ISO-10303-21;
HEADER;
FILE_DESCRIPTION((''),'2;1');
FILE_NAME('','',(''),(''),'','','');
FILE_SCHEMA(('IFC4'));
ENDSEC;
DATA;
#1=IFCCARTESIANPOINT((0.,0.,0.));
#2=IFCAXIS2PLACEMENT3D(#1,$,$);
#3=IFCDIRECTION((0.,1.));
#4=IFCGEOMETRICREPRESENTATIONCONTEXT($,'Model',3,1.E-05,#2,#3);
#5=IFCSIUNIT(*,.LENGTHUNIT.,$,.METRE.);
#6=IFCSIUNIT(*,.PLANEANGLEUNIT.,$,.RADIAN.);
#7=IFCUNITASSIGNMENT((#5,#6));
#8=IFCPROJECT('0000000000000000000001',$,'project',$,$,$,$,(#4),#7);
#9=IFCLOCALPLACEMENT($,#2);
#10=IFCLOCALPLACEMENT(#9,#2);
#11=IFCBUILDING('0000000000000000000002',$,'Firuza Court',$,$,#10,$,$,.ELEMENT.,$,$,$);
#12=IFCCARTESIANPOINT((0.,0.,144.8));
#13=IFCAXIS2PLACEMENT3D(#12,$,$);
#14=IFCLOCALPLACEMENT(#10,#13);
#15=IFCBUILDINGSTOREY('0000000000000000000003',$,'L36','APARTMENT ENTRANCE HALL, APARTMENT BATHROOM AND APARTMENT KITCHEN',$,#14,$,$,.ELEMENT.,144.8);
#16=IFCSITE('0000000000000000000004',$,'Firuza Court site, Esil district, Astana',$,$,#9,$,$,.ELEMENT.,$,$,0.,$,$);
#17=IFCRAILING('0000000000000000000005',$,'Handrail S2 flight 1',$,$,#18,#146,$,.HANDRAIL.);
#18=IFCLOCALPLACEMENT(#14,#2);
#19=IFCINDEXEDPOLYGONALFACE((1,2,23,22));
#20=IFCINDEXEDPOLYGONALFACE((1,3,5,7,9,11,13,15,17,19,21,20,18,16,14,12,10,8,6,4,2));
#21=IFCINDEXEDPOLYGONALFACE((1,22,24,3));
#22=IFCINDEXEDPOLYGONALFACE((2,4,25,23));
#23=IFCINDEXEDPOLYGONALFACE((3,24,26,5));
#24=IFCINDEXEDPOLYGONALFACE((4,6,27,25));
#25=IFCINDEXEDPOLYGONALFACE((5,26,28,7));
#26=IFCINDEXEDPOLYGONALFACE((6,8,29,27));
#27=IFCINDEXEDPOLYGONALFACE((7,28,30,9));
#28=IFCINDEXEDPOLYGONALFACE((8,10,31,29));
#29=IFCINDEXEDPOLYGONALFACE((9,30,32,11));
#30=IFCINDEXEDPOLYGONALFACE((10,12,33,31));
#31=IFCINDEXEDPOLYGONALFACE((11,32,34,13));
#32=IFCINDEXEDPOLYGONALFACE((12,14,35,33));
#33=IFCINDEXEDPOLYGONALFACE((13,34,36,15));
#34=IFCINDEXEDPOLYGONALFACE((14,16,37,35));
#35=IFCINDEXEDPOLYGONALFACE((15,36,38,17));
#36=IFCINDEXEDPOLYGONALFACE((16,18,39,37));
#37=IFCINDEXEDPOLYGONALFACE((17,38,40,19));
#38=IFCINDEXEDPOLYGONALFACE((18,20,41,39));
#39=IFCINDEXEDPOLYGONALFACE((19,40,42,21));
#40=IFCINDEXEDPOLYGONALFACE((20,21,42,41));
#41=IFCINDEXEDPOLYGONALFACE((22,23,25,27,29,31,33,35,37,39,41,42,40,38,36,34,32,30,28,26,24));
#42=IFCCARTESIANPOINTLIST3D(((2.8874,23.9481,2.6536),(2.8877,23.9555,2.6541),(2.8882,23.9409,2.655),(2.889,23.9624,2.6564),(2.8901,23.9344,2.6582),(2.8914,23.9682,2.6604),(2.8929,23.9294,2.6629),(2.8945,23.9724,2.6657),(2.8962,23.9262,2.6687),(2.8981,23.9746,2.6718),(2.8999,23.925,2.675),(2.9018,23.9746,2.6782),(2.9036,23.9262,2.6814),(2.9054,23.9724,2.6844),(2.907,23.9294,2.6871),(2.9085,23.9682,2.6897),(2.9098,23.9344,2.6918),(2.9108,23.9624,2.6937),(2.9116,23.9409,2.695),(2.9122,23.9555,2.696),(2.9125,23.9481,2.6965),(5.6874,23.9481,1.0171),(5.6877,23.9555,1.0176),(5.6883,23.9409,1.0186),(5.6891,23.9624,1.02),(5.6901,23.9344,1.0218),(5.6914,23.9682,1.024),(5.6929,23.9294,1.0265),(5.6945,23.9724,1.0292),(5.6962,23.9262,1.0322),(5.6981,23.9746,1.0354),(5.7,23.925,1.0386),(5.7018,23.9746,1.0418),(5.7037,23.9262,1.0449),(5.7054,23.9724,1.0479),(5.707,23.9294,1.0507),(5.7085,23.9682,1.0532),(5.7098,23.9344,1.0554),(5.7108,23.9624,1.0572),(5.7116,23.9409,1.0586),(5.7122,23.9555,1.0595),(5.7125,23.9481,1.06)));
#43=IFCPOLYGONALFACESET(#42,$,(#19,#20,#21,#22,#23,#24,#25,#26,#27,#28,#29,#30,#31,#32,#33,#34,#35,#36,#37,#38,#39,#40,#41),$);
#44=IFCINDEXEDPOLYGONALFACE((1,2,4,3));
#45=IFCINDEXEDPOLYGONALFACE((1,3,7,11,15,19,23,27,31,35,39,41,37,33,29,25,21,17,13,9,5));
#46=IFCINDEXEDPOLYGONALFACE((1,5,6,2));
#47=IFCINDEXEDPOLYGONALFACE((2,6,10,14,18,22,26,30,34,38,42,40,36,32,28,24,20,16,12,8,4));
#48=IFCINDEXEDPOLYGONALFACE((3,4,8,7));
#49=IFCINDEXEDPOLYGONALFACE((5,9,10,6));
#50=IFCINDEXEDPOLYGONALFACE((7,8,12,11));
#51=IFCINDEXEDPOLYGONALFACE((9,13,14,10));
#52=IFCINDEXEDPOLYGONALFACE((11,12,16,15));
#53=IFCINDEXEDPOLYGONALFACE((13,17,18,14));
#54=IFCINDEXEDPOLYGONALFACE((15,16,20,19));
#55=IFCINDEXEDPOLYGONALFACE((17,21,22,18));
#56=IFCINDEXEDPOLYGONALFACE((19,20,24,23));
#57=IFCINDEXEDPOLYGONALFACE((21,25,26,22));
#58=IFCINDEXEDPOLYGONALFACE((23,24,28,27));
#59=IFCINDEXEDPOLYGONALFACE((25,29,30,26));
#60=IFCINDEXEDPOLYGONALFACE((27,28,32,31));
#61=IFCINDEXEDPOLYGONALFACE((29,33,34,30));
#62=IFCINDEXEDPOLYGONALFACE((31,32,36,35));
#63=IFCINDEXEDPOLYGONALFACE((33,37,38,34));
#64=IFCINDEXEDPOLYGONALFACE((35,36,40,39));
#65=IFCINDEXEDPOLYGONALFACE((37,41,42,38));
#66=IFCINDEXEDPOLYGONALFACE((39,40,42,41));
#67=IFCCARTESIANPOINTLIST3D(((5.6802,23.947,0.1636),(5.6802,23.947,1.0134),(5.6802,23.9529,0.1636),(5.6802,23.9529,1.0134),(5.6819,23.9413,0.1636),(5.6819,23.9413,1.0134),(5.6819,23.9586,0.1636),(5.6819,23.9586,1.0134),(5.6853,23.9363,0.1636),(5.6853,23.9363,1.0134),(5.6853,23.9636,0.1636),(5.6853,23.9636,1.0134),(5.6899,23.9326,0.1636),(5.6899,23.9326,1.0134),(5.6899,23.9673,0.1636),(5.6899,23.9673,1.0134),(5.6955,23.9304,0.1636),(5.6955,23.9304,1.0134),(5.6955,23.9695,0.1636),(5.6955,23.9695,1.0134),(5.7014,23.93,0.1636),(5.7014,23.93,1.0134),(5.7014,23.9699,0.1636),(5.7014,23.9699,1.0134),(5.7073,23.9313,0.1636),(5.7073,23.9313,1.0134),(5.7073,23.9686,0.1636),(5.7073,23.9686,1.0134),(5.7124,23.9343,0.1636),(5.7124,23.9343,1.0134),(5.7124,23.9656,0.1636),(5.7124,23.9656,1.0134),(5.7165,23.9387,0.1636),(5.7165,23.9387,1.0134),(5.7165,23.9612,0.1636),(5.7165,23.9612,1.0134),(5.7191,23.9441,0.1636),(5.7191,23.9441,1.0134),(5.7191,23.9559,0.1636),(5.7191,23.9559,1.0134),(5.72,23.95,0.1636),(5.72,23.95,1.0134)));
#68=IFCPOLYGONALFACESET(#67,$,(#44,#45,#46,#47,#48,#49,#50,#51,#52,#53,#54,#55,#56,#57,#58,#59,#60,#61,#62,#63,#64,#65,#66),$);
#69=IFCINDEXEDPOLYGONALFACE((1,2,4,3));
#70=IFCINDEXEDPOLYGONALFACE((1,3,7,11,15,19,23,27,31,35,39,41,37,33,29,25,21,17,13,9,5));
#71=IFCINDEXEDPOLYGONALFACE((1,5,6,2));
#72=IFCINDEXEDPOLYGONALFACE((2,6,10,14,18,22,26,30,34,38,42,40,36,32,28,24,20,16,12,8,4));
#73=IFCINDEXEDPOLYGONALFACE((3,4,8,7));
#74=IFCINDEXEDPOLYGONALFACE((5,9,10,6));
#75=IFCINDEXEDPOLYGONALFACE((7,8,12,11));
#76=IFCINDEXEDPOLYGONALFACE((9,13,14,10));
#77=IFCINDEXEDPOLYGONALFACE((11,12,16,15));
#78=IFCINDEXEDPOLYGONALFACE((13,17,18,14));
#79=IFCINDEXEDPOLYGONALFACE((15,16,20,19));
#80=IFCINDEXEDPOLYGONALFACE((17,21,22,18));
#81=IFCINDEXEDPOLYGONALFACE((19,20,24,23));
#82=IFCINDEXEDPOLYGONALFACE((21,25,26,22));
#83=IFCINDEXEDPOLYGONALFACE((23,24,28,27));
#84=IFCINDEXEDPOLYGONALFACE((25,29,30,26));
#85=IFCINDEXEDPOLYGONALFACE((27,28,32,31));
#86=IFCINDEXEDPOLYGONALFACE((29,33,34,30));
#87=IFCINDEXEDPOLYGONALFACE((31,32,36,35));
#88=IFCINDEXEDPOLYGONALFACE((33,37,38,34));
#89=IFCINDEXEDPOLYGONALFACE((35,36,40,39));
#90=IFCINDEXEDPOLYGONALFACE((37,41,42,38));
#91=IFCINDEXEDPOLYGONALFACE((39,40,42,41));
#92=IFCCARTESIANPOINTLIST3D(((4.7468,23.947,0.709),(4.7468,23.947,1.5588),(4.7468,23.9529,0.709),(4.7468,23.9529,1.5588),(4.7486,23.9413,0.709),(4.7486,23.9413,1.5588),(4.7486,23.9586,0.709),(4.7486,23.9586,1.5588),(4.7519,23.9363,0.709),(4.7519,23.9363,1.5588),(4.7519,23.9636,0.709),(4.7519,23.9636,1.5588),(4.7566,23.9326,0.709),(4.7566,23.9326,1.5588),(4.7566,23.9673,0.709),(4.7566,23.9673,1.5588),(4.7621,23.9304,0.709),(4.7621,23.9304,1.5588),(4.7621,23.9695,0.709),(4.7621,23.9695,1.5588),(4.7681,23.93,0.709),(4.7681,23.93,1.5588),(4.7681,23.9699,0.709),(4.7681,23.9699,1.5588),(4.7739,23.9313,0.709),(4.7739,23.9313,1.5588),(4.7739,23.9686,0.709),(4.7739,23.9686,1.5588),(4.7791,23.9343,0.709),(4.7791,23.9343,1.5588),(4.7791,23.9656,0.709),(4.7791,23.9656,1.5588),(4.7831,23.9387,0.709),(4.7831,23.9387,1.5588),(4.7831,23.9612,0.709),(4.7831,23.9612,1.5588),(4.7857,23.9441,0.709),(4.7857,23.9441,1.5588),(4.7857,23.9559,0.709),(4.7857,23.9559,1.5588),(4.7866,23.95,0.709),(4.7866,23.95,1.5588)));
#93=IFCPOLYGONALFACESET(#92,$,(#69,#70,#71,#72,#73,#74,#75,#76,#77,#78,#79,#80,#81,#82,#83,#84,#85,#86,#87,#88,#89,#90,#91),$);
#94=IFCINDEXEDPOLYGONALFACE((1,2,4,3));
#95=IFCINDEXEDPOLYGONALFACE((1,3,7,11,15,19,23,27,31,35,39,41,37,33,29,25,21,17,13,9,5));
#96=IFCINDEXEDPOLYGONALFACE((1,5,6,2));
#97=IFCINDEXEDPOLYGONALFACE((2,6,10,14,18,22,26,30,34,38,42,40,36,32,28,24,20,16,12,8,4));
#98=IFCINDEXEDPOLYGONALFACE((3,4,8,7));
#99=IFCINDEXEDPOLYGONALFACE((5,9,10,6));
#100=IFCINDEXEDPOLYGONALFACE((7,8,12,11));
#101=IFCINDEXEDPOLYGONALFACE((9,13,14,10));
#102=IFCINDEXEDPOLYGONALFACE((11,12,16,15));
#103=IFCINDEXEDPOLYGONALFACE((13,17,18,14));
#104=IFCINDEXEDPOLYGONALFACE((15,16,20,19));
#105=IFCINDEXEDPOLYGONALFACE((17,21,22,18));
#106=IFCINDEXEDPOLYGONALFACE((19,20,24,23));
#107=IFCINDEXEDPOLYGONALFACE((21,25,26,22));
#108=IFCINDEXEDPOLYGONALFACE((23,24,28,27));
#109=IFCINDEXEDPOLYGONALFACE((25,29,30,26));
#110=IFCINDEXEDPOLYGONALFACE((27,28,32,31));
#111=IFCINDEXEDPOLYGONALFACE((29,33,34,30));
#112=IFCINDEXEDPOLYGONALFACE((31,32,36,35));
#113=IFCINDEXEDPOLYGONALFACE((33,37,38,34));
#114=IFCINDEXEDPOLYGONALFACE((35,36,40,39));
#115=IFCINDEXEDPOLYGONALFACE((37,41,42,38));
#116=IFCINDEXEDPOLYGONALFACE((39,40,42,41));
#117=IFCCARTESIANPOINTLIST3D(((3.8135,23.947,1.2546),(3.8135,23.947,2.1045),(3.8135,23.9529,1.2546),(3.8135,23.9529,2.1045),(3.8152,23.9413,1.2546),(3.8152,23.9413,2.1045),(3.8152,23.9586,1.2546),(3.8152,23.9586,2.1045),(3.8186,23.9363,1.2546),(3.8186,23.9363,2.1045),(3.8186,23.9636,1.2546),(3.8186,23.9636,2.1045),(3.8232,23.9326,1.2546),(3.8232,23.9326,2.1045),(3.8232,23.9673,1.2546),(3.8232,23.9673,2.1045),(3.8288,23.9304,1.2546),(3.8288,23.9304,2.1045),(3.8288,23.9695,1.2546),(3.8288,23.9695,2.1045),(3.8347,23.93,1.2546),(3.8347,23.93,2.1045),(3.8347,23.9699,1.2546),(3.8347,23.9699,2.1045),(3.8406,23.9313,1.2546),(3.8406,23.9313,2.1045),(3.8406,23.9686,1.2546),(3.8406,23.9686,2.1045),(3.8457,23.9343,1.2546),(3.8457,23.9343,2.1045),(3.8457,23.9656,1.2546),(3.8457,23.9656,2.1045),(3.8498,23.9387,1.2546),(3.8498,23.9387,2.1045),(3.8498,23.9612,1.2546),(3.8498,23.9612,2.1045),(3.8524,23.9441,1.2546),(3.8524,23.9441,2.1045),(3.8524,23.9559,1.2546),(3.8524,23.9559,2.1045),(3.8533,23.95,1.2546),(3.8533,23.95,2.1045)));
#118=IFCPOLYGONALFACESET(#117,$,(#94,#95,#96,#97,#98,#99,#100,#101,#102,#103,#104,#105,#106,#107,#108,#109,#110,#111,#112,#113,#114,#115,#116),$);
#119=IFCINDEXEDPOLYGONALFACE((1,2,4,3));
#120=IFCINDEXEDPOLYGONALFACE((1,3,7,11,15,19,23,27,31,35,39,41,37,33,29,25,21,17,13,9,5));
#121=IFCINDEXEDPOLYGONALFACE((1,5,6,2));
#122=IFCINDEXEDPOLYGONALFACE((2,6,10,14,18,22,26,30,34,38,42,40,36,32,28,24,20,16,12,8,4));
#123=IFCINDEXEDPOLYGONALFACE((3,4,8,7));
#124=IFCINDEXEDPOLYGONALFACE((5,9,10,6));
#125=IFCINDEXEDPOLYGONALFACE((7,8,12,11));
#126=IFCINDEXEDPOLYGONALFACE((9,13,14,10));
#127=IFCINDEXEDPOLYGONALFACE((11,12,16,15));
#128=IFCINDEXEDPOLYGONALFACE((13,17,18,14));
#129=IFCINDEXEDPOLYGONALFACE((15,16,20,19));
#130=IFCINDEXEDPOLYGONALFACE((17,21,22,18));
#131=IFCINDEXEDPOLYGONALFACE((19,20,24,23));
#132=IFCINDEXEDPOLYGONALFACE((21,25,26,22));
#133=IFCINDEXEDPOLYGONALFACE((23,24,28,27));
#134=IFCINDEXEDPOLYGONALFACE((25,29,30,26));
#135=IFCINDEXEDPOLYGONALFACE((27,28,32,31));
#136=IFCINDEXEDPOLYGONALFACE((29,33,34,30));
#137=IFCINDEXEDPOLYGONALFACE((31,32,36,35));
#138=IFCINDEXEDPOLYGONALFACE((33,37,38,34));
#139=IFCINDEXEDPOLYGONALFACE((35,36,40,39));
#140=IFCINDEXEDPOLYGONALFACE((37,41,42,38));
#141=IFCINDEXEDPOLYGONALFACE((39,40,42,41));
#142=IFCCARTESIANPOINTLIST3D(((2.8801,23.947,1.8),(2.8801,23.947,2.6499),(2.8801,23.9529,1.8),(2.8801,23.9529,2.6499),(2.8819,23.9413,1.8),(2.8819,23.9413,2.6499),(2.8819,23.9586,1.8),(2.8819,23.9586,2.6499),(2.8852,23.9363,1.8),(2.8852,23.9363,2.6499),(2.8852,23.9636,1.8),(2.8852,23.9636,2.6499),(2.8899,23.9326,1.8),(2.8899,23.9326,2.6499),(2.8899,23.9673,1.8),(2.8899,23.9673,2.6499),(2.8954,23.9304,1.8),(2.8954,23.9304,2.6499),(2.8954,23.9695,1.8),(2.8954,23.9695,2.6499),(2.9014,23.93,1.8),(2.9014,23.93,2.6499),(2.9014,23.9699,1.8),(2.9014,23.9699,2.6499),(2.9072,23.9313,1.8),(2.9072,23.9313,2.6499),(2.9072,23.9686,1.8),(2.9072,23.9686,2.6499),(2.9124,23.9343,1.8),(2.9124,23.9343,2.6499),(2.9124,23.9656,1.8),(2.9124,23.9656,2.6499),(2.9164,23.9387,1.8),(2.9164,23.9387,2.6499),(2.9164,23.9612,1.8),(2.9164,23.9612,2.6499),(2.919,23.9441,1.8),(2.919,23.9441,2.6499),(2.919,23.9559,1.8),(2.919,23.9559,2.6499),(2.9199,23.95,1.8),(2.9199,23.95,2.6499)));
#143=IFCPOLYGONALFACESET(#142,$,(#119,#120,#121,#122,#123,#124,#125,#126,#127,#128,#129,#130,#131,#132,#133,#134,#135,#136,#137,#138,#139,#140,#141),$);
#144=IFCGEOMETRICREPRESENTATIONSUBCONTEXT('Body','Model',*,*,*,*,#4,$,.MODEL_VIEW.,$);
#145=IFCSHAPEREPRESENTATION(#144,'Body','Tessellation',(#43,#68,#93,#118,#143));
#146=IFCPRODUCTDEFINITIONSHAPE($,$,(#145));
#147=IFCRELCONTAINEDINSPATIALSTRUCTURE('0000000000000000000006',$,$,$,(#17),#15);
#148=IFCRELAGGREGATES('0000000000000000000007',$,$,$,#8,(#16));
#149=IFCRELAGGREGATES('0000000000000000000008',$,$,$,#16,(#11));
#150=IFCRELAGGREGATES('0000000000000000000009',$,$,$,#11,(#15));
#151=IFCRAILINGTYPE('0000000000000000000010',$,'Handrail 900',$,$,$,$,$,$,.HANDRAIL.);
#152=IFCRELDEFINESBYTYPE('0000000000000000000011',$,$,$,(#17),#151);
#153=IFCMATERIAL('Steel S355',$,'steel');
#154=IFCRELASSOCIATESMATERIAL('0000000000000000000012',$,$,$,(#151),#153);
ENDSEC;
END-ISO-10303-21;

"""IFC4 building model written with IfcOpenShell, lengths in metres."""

from ifc_helpers import new_model, si_unit, direction, frame, origin, origin_2d, place, context, subcontext, project, spatial, circle, extrude, material, type_object, element, save


model = new_model("IFC4")

# Units and contexts
model_context = context("Model", 3, precision=1e-05, world=origin(), true_north=direction((0.0, 1.0)))
body_context = subcontext(model_context, "Body", "Model", "MODEL_VIEW")
ifc_project = project(units=[si_unit("LENGTHUNIT", "METRE"), si_unit("PLANEANGLEUNIT", "RADIAN")], contexts=[model_context])

# Site, building, storey
site_placement = place(None, origin())
site = spatial("IfcSite", under=ifc_project, at=site_placement, Name="Firuza Court site, Esil district, Astana", CompositionType="ELEMENT", RefElevation=0.0)
building_placement = place(site_placement, origin())
building = spatial("IfcBuilding", under=site, at=building_placement, Name="Firuza Court", CompositionType="ELEMENT")
storey_placement = place(building_placement, frame((0.0, 0.0, 144.8)))
storey = spatial("IfcBuildingStorey", under=building, at=storey_placement, Name="L36", Description="APARTMENT ENTRANCE HALL, APARTMENT BATHROOM AND APARTMENT KITCHEN", CompositionType="ELEMENT", Elevation=144.8)

# Railing
ifc_material_1 = material(Name="Steel S355", Category="steel")
railing_type_1 = type_object("IfcRailingType", Name="Handrail 900", PredefinedType="HANDRAIL", material=ifc_material_1)
railing_1_placement = place(storey_placement, frame((5.7, 23.95, 0.1636)))
element("IfcRailing", 1, at=railing_1_placement, inside=storey, type_object=railing_type_1, Name="Handrail S2 flight 1", PredefinedType="HANDRAIL", context=body_context, shape_type="SweptSolid", body=[
    extrude(circle(Radius=0.0249, at=origin_2d()), frame((0.0, 0.0, 0.875), z_axis=(-0.863361, 0.0, 0.504587), x_axis=(0.0, -1.0, 0.0)), (0.0, 0.0, 1.0), 3.2432),
    extrude(circle(Radius=0.02, at=origin_2d()), origin(), (0.0, 0.0, 1.0), 0.8499),
    extrude(circle(Radius=0.02, at=origin_2d()), frame((-0.9333, 0.0, 0.5454)), (0.0, 0.0, 1.0), 0.8499),
    extrude(circle(Radius=0.02, at=origin_2d()), frame((-1.8667, 0.0, 1.0911)), (0.0, 0.0, 1.0), 0.8499),
    extrude(circle(Radius=0.02, at=origin_2d()), frame((-2.8, 0.0, 1.6365)), (0.0, 0.0, 1.0), 0.8499),
])

save(model, "model.ifc")
